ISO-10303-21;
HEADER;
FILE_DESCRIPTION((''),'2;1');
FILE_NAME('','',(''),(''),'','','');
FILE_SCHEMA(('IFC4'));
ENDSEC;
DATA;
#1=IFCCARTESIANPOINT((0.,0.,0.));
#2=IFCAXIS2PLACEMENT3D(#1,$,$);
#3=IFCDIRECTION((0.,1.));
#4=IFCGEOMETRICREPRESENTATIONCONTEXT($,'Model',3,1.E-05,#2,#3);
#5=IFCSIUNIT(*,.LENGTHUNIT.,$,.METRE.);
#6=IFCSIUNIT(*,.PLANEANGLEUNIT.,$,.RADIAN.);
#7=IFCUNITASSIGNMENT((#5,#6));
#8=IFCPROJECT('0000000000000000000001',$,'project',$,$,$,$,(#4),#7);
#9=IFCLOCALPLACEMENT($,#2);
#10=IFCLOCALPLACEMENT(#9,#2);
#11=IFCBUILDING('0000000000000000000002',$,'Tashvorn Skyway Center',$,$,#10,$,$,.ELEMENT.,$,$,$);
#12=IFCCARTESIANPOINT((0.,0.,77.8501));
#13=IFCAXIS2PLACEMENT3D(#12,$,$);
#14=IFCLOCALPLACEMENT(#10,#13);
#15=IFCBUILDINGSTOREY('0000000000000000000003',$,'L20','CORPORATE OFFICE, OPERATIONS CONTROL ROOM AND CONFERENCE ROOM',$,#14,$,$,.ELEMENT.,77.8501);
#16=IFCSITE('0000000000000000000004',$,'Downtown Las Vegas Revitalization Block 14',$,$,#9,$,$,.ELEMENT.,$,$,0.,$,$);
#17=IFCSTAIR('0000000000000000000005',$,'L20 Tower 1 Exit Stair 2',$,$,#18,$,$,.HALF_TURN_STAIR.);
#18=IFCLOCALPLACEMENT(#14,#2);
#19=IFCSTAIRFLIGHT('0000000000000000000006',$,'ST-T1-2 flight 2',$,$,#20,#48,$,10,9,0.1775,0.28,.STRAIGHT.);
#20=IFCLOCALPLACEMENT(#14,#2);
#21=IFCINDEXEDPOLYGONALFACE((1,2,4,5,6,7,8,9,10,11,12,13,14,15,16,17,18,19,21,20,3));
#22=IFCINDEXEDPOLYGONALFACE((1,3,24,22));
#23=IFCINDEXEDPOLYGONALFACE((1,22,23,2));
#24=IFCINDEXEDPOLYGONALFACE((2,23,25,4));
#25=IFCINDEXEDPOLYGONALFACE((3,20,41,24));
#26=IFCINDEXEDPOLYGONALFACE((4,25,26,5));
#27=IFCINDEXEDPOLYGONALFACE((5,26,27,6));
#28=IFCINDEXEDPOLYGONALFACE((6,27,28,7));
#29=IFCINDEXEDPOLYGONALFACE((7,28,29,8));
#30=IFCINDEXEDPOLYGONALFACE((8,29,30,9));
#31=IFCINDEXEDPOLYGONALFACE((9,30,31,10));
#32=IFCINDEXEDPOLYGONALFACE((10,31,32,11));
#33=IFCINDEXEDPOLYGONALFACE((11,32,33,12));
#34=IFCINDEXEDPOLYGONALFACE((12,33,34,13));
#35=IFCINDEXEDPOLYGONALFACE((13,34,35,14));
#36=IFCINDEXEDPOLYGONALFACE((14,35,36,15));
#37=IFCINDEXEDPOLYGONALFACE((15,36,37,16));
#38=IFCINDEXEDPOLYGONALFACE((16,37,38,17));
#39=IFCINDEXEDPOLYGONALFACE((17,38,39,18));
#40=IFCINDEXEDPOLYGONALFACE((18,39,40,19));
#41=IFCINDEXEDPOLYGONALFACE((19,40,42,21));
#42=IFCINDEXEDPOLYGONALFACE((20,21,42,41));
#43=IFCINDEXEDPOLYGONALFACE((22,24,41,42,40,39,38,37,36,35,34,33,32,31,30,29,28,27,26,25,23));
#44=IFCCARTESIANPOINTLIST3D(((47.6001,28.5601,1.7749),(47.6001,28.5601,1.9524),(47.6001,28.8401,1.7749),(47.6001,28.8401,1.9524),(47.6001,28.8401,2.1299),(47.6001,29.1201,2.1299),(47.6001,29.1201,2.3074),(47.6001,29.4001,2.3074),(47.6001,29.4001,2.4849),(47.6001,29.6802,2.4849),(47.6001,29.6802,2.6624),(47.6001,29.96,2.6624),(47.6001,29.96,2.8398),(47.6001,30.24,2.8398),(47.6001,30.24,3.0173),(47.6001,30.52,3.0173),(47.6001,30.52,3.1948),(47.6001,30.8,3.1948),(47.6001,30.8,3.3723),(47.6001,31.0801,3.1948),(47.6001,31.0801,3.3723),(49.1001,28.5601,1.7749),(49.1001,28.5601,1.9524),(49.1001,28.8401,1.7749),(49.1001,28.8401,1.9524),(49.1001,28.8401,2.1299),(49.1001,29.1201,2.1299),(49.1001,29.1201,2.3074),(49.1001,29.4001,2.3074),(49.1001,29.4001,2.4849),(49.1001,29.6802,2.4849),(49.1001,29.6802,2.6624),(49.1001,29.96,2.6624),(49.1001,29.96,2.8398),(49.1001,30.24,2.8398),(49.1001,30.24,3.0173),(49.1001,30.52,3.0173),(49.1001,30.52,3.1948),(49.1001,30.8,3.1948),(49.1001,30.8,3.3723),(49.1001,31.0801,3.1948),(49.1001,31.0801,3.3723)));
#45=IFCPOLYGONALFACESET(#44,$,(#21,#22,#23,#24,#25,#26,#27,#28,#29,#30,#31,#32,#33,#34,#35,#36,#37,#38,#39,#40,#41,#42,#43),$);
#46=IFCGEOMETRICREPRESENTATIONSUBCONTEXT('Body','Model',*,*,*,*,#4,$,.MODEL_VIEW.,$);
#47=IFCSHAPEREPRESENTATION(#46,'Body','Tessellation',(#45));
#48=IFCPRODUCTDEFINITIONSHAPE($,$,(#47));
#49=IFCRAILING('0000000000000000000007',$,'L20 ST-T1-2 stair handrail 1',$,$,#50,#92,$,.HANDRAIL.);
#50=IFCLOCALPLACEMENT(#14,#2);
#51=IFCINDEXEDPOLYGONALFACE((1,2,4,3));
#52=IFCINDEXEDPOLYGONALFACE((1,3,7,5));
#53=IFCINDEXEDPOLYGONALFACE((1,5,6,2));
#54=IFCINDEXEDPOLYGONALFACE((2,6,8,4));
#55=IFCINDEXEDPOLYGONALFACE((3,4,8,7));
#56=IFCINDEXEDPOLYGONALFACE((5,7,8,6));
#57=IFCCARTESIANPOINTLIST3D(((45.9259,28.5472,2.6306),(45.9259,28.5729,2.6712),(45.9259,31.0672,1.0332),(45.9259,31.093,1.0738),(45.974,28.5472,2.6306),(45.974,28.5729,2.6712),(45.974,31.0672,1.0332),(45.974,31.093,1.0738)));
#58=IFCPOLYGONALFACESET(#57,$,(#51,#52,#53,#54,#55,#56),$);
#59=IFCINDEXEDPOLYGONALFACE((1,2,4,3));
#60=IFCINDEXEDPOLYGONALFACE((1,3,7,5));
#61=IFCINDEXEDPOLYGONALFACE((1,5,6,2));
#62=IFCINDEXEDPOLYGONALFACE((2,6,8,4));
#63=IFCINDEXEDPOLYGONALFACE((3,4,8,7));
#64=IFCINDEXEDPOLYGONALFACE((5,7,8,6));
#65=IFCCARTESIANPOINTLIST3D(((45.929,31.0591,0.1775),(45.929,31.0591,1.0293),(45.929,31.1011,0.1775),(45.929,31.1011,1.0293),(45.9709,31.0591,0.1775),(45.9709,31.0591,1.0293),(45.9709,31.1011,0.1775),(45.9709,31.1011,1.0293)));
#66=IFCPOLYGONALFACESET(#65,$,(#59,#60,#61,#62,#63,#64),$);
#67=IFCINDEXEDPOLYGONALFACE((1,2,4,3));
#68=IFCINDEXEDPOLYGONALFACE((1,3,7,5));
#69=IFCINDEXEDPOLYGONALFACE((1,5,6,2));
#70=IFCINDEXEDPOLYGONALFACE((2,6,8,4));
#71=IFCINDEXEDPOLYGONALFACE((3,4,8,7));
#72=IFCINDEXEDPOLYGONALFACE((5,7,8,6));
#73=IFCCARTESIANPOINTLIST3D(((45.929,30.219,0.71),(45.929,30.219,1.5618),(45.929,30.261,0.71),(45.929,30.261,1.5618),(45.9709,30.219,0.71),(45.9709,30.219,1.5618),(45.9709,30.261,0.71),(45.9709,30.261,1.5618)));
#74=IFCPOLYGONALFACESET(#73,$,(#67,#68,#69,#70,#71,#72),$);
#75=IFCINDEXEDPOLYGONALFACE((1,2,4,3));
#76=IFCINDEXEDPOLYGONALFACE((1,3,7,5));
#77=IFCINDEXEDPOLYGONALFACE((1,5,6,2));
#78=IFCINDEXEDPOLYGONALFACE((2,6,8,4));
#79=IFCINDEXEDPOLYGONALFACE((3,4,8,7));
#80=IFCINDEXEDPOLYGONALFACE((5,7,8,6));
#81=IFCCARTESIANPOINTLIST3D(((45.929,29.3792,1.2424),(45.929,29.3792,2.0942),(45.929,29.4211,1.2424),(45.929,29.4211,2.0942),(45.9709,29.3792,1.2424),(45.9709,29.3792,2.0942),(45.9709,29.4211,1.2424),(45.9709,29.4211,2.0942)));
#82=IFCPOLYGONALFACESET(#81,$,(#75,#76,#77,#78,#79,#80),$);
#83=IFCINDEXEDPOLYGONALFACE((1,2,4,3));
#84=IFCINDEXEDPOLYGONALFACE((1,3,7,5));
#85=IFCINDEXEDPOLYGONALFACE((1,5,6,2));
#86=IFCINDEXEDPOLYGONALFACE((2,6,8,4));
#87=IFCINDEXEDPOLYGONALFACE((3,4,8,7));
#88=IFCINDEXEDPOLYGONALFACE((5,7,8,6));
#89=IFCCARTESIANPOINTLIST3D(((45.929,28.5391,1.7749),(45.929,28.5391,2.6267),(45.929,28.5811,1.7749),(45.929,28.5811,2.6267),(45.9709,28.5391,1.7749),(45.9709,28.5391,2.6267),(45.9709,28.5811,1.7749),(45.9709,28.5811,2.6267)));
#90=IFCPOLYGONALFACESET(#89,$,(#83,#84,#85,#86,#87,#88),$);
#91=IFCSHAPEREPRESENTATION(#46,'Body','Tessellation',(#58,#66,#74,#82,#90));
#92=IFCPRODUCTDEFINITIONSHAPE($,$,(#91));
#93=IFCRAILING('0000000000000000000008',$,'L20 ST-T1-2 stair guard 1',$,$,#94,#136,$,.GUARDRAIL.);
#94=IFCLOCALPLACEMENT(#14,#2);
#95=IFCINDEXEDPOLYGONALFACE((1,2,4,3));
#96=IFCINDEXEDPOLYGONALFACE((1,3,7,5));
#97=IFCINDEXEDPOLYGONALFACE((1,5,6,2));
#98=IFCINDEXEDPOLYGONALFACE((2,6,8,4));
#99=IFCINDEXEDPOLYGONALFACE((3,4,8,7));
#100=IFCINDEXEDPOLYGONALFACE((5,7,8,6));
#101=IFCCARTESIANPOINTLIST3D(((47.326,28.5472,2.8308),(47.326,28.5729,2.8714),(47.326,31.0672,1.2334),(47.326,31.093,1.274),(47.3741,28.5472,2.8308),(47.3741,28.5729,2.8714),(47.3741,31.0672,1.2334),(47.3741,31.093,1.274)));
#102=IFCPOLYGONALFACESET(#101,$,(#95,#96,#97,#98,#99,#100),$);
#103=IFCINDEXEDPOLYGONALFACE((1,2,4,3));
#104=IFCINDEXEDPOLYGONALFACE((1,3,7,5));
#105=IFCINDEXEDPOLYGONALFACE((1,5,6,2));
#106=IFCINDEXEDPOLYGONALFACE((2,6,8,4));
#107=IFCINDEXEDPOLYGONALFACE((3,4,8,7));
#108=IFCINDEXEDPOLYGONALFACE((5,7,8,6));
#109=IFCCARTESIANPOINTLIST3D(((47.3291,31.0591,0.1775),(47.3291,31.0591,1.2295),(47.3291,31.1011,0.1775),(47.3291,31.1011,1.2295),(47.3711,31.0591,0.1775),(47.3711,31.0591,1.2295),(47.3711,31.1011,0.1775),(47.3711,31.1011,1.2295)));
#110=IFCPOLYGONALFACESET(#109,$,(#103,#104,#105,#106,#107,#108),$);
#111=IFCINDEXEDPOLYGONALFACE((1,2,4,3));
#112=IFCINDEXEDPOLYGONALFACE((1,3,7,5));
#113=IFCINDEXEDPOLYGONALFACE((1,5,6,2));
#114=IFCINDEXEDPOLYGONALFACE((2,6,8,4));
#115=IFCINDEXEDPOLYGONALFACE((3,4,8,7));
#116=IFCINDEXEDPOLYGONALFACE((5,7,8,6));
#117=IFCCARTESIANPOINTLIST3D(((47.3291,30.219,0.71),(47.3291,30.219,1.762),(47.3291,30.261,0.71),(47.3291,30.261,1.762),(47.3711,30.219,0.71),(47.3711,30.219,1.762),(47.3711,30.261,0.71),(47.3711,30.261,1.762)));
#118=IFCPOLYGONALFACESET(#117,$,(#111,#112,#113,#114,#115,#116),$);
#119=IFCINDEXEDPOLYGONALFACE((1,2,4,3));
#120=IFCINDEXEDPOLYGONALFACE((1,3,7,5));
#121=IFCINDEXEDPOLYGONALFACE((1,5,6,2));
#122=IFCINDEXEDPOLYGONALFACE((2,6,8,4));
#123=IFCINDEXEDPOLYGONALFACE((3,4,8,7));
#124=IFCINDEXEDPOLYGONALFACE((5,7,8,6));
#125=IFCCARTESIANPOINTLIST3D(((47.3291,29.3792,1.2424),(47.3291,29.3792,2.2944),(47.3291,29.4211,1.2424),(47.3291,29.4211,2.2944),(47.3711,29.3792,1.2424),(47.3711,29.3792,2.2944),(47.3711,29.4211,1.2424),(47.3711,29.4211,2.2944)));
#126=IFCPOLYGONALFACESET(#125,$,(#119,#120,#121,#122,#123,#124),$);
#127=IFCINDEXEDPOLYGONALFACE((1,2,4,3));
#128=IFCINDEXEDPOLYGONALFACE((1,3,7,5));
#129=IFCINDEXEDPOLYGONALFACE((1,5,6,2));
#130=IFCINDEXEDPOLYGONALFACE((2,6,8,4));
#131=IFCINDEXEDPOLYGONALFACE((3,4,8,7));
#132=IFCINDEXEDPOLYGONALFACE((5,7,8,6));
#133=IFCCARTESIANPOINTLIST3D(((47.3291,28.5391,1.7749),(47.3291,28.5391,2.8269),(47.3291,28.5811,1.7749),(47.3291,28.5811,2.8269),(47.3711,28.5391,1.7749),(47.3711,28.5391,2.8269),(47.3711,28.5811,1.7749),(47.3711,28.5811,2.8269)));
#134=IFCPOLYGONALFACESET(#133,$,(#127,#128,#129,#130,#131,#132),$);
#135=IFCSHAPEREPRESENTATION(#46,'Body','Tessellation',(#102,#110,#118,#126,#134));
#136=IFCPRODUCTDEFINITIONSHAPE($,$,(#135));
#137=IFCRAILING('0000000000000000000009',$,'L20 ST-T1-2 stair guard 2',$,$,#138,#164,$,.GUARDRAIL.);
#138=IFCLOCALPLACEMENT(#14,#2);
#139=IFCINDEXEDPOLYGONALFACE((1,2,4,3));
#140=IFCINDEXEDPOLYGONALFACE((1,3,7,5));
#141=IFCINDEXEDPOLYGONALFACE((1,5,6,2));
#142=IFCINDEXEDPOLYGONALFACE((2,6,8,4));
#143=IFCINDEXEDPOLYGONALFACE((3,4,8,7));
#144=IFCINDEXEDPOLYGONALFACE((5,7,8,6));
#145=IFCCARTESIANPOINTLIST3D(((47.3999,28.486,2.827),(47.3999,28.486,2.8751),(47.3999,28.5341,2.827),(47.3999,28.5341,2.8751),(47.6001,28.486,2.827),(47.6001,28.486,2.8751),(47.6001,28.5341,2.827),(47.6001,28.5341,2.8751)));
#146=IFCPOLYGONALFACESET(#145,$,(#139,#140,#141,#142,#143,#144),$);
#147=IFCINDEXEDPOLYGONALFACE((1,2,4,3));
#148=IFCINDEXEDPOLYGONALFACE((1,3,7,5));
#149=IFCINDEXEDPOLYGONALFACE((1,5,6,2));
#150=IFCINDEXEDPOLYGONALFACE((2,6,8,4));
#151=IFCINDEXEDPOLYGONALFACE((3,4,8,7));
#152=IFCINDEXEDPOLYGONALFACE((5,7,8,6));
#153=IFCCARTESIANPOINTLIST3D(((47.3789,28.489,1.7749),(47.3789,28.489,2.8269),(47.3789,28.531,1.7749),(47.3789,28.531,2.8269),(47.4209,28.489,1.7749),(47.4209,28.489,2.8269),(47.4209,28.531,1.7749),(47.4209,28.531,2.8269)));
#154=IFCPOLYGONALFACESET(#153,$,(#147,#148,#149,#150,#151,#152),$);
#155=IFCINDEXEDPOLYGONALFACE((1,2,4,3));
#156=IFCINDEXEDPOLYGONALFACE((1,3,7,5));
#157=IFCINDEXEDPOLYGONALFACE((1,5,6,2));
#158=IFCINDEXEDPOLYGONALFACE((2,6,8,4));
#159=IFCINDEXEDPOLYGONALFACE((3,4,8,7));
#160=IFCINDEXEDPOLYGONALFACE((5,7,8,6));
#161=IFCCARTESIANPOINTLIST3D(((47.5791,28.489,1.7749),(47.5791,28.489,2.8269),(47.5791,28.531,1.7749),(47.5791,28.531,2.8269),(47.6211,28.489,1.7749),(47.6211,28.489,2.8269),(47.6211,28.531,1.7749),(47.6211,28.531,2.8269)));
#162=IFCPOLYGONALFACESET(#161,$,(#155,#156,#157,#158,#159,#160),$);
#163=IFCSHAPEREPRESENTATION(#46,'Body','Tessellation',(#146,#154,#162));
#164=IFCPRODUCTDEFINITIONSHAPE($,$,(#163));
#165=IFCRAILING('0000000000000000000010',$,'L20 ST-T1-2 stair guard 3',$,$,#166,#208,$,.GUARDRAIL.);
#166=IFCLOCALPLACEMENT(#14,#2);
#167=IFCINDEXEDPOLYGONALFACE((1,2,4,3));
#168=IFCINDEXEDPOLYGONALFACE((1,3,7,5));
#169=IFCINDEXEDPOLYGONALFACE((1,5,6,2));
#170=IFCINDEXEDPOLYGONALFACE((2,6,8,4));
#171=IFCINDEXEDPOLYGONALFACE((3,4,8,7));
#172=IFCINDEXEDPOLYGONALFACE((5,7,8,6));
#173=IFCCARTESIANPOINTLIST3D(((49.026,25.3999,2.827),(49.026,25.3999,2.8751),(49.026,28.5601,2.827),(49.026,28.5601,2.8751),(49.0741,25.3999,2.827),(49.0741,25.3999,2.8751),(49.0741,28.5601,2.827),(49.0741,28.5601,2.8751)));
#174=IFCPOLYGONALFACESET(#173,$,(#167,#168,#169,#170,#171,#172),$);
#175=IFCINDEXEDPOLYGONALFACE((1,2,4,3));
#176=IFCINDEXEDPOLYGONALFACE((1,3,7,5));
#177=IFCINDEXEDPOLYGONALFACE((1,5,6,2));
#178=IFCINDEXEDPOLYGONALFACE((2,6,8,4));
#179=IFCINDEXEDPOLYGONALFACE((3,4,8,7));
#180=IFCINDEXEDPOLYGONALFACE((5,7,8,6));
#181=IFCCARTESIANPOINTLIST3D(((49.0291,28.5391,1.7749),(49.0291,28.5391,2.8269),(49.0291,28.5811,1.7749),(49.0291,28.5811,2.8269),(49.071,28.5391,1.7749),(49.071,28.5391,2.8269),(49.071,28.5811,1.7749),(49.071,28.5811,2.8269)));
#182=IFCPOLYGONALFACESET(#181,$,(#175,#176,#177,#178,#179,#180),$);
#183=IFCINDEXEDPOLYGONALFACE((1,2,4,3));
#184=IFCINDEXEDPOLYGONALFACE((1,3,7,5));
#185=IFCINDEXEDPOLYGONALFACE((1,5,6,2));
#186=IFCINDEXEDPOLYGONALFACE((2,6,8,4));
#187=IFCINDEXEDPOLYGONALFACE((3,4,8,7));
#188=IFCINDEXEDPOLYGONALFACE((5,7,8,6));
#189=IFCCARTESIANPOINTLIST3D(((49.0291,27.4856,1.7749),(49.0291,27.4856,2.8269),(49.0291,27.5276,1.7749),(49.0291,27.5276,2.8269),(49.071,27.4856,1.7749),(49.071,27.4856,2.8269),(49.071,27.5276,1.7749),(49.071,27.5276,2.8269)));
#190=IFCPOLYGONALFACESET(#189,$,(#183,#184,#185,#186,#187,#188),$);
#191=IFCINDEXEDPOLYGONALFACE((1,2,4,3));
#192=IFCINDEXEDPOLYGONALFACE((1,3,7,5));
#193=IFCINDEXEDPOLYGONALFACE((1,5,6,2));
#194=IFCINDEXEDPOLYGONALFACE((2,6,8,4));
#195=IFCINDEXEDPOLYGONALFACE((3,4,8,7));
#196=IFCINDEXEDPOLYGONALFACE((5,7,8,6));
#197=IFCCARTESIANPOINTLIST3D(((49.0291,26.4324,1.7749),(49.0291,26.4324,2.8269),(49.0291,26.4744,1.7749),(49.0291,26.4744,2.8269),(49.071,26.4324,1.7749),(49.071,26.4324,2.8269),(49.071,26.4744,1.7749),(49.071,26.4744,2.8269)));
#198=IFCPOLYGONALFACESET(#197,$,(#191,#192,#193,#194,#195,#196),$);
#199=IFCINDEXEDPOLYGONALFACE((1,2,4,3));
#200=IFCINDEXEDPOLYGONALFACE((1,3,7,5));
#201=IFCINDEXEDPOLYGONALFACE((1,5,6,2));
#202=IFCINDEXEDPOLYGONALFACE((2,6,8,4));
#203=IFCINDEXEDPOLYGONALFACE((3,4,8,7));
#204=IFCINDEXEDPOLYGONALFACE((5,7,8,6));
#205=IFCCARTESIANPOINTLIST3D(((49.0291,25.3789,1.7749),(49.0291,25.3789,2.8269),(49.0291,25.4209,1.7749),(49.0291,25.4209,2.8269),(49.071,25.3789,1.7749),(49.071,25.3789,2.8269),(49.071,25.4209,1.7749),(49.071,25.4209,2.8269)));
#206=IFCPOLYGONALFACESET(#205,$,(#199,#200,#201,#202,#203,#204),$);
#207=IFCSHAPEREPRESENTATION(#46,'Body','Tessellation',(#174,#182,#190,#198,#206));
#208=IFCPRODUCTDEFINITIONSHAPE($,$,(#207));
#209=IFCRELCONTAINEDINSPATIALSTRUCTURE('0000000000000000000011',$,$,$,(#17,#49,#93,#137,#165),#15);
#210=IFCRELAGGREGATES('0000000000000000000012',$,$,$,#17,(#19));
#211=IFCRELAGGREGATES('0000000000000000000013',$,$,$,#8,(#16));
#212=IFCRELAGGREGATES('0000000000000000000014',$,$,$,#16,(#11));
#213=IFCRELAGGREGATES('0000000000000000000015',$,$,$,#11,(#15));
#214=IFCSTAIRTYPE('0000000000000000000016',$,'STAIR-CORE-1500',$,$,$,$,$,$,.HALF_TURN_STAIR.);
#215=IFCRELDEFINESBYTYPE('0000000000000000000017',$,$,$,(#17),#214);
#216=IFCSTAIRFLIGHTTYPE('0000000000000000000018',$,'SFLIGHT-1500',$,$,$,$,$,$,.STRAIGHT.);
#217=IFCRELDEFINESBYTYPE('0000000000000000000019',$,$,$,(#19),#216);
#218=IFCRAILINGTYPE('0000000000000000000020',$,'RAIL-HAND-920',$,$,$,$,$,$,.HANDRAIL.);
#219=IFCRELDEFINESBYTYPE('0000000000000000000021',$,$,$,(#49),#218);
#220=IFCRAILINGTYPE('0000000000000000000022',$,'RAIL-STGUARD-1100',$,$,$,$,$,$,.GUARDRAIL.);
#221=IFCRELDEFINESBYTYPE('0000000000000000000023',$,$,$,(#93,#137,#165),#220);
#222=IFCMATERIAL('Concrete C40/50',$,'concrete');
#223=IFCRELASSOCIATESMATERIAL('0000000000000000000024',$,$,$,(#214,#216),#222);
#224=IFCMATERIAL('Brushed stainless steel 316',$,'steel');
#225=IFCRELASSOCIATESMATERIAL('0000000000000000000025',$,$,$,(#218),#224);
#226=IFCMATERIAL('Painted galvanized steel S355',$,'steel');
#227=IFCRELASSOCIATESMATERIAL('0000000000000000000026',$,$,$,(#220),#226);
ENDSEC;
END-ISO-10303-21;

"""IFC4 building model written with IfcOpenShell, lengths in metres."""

from ifc_helpers import new_model, si_unit, direction, frame, origin, origin_2d, place, context, subcontext, project, spatial, polyline, rectangle, outline, extrude, material, type_object, element, aggregate, save


model = new_model("IFC4")

# Units and contexts
model_context = context("Model", 3, precision=1e-05, world=origin(), true_north=direction((0.0, 1.0)))
body_context = subcontext(model_context, "Body", "Model", "MODEL_VIEW")
ifc_project = project(units=[si_unit("LENGTHUNIT", "METRE"), si_unit("PLANEANGLEUNIT", "RADIAN")], contexts=[model_context])

# Site, building, storey
site_placement = place(None, origin())
site = spatial("IfcSite", under=ifc_project, at=site_placement, Name="Downtown Las Vegas Revitalization Block 14", CompositionType="ELEMENT", RefElevation=0.0)
building_placement = place(site_placement, origin())
building = spatial("IfcBuilding", under=site, at=building_placement, Name="Tashvorn Skyway Center", CompositionType="ELEMENT")
storey_placement = place(building_placement, frame((0.0, 0.0, 77.8501)))
storey = spatial("IfcBuildingStorey", under=building, at=storey_placement, Name="L20", Description="CORPORATE OFFICE, OPERATIONS CONTROL ROOM AND CONFERENCE ROOM", CompositionType="ELEMENT", Elevation=77.8501)

# Shared definitions
ifc_material_1 = material(Name="Concrete C40/50", Category="concrete")

# Stair, stair flight
stair_type = type_object("IfcStairType", Name="STAIR-CORE-1500", PredefinedType="HALF_TURN_STAIR", material=ifc_material_1)
stair_placement = place(storey_placement, origin())
stair = element("IfcStair", 1, at=stair_placement, inside=storey, type_object=stair_type, Name="L20 Tower 1 Exit Stair 2", PredefinedType="HALF_TURN_STAIR")
stair_flight_type = type_object("IfcStairFlightType", Name="SFLIGHT-1500", PredefinedType="STRAIGHT", material=ifc_material_1)
stair_flight_1_placement = place(storey_placement, frame((48.3501, 28.5601, 1.7749), z_axis=(0.0, 0.0, 1.0), x_axis=(0.0, 1.0, 0.0)))
stair_flight_1 = element("IfcStairFlight", 2, at=stair_flight_1_placement, type_object=stair_flight_type, Name="ST-T1-2 flight 2", NumberOfRisers=10, NumberOfTreads=9, PredefinedType="STRAIGHT", RiserHeight=0.1775, TreadLength=0.28, context=body_context, shape_type="SweptSolid", body=[
    extrude(outline(polyline([(0.0, 0.0), (0.0, 0.1775), (0.28, 0.1775), (0.28, 0.355), (0.5601, 0.355), (0.5601, 0.5325), (0.8401, 0.5325), (0.8401, 0.71), (1.1201, 0.71), (1.1201, 0.8875), (1.3999, 0.8875), (1.3999, 1.0649), (1.6799, 1.0649), (1.6799, 1.2424), (1.96, 1.2424), (1.96, 1.4199), (2.24, 1.4199), (2.24, 1.5974), (2.52, 1.5974), (2.52, 1.7749), (2.52, 1.4199), (0.28, 0.0), (0.0, 0.0)])), frame((0.0, 0.75, 0.0), z_axis=(0.0, -1.0, 0.0), x_axis=(1.0, 0.0, 0.0)), (0.0, 0.0, 1.0), 1.5),
])
aggregate(stair, [stair_flight_1])

# Railings
ifc_material_2 = material(Name="Brushed stainless steel 316", Category="steel")
railing_type_1 = type_object("IfcRailingType", Name="RAIL-HAND-920", PredefinedType="HANDRAIL", material=ifc_material_2)
railing_1_placement = place(storey_placement, frame((45.95, 31.0801, 0.1775)))
element("IfcRailing", 3, at=railing_1_placement, inside=storey, type_object=railing_type_1, Name="L20 ST-T1-2 stair handrail 1", PredefinedType="HANDRAIL", context=body_context, shape_type="SweptSolid", body=[
    extrude(rectangle(XDim=0.0481, YDim=0.0481, at=origin_2d()), frame((0.0, 0.0, 0.876), z_axis=(0.0, -0.844607, 0.535387), x_axis=(1.0, 0.0, 0.0)), (0.0, 0.0, 1.0), 2.9836),
    extrude(rectangle(XDim=0.042, YDim=0.042, at=origin_2d()), origin(), (0.0, 0.0, 1.0), 0.8518),
    extrude(rectangle(XDim=0.042, YDim=0.042, at=origin_2d()), frame((0.0, -0.8401, 0.5325)), (0.0, 0.0, 1.0), 0.8518),
    extrude(rectangle(XDim=0.042, YDim=0.042, at=origin_2d()), frame((0.0, -1.6799, 1.0649)), (0.0, 0.0, 1.0), 0.8518),
    extrude(rectangle(XDim=0.042, YDim=0.042, at=origin_2d()), frame((0.0, -2.52, 1.5974)), (0.0, 0.0, 1.0), 0.8518),
])
ifc_material_3 = material(Name="Painted galvanized steel S355", Category="steel")
railing_type_2 = type_object("IfcRailingType", Name="RAIL-STGUARD-1100", PredefinedType="GUARDRAIL", material=ifc_material_3)
railing_2_placement = place(storey_placement, frame((47.3501, 31.0801, 0.1775)))
element("IfcRailing", 4, at=railing_2_placement, inside=storey, type_object=railing_type_2, Name="L20 ST-T1-2 stair guard 1", PredefinedType="GUARDRAIL", context=body_context, shape_type="SweptSolid", body=[
    extrude(rectangle(XDim=0.0481, YDim=0.0481, at=origin_2d()), frame((0.0, 0.0, 1.0762), z_axis=(0.0, -0.844607, 0.535387), x_axis=(1.0, 0.0, 0.0)), (0.0, 0.0, 1.0), 2.9836),
    extrude(rectangle(XDim=0.042, YDim=0.042, at=origin_2d()), origin(), (0.0, 0.0, 1.0), 1.052),
    extrude(rectangle(XDim=0.042, YDim=0.042, at=origin_2d()), frame((0.0, -0.8401, 0.5325)), (0.0, 0.0, 1.0), 1.052),
    extrude(rectangle(XDim=0.042, YDim=0.042, at=origin_2d()), frame((0.0, -1.6799, 1.0649)), (0.0, 0.0, 1.0), 1.052),
    extrude(rectangle(XDim=0.042, YDim=0.042, at=origin_2d()), frame((0.0, -2.52, 1.5974)), (0.0, 0.0, 1.0), 1.052),
])
railing_3_placement = place(storey_placement, frame((47.3999, 28.51, 1.7749)))
element("IfcRailing", 5, at=railing_3_placement, inside=storey, type_object=railing_type_2, Name="L20 ST-T1-2 stair guard 2", PredefinedType="GUARDRAIL", context=body_context, shape_type="SweptSolid", body=[
    extrude(rectangle(XDim=0.0481, YDim=0.0481, at=origin_2d()), frame((0.0, 0.0, 1.0762), z_axis=(1.0, 0.0, 0.0), x_axis=(0.0, 1.0, 0.0)), (0.0, 0.0, 1.0), 0.2002),
    extrude(rectangle(XDim=0.042, YDim=0.042, at=origin_2d()), origin(), (0.0, 0.0, 1.0), 1.052),
    extrude(rectangle(XDim=0.042, YDim=0.042, at=origin_2d()), frame((0.2002, 0.0, 0.0)), (0.0, 0.0, 1.0), 1.052),
])
railing_4_placement = place(storey_placement, frame((49.05, 28.5601, 1.7749)))
element("IfcRailing", 6, at=railing_4_placement, inside=storey, type_object=railing_type_2, Name="L20 ST-T1-2 stair guard 3", PredefinedType="GUARDRAIL", context=body_context, shape_type="SweptSolid", body=[
    extrude(rectangle(XDim=0.0481, YDim=0.0481, at=origin_2d()), frame((0.0, 0.0, 1.0762), z_axis=(0.0, -1.0, 0.0), x_axis=(1.0, 0.0, 0.0)), (0.0, 0.0, 1.0), 3.1602),
    extrude(rectangle(XDim=0.042, YDim=0.042, at=origin_2d()), origin(), (0.0, 0.0, 1.0), 1.052),
    extrude(rectangle(XDim=0.042, YDim=0.042, at=origin_2d()), frame((0.0, -1.0535, 0.0)), (0.0, 0.0, 1.0), 1.052),
    extrude(rectangle(XDim=0.042, YDim=0.042, at=origin_2d()), frame((0.0, -2.1067, 0.0)), (0.0, 0.0, 1.0), 1.052),
    extrude(rectangle(XDim=0.042, YDim=0.042, at=origin_2d()), frame((0.0, -3.1602, 0.0)), (0.0, 0.0, 1.0), 1.052),
])

save(model, "model.ifc")
